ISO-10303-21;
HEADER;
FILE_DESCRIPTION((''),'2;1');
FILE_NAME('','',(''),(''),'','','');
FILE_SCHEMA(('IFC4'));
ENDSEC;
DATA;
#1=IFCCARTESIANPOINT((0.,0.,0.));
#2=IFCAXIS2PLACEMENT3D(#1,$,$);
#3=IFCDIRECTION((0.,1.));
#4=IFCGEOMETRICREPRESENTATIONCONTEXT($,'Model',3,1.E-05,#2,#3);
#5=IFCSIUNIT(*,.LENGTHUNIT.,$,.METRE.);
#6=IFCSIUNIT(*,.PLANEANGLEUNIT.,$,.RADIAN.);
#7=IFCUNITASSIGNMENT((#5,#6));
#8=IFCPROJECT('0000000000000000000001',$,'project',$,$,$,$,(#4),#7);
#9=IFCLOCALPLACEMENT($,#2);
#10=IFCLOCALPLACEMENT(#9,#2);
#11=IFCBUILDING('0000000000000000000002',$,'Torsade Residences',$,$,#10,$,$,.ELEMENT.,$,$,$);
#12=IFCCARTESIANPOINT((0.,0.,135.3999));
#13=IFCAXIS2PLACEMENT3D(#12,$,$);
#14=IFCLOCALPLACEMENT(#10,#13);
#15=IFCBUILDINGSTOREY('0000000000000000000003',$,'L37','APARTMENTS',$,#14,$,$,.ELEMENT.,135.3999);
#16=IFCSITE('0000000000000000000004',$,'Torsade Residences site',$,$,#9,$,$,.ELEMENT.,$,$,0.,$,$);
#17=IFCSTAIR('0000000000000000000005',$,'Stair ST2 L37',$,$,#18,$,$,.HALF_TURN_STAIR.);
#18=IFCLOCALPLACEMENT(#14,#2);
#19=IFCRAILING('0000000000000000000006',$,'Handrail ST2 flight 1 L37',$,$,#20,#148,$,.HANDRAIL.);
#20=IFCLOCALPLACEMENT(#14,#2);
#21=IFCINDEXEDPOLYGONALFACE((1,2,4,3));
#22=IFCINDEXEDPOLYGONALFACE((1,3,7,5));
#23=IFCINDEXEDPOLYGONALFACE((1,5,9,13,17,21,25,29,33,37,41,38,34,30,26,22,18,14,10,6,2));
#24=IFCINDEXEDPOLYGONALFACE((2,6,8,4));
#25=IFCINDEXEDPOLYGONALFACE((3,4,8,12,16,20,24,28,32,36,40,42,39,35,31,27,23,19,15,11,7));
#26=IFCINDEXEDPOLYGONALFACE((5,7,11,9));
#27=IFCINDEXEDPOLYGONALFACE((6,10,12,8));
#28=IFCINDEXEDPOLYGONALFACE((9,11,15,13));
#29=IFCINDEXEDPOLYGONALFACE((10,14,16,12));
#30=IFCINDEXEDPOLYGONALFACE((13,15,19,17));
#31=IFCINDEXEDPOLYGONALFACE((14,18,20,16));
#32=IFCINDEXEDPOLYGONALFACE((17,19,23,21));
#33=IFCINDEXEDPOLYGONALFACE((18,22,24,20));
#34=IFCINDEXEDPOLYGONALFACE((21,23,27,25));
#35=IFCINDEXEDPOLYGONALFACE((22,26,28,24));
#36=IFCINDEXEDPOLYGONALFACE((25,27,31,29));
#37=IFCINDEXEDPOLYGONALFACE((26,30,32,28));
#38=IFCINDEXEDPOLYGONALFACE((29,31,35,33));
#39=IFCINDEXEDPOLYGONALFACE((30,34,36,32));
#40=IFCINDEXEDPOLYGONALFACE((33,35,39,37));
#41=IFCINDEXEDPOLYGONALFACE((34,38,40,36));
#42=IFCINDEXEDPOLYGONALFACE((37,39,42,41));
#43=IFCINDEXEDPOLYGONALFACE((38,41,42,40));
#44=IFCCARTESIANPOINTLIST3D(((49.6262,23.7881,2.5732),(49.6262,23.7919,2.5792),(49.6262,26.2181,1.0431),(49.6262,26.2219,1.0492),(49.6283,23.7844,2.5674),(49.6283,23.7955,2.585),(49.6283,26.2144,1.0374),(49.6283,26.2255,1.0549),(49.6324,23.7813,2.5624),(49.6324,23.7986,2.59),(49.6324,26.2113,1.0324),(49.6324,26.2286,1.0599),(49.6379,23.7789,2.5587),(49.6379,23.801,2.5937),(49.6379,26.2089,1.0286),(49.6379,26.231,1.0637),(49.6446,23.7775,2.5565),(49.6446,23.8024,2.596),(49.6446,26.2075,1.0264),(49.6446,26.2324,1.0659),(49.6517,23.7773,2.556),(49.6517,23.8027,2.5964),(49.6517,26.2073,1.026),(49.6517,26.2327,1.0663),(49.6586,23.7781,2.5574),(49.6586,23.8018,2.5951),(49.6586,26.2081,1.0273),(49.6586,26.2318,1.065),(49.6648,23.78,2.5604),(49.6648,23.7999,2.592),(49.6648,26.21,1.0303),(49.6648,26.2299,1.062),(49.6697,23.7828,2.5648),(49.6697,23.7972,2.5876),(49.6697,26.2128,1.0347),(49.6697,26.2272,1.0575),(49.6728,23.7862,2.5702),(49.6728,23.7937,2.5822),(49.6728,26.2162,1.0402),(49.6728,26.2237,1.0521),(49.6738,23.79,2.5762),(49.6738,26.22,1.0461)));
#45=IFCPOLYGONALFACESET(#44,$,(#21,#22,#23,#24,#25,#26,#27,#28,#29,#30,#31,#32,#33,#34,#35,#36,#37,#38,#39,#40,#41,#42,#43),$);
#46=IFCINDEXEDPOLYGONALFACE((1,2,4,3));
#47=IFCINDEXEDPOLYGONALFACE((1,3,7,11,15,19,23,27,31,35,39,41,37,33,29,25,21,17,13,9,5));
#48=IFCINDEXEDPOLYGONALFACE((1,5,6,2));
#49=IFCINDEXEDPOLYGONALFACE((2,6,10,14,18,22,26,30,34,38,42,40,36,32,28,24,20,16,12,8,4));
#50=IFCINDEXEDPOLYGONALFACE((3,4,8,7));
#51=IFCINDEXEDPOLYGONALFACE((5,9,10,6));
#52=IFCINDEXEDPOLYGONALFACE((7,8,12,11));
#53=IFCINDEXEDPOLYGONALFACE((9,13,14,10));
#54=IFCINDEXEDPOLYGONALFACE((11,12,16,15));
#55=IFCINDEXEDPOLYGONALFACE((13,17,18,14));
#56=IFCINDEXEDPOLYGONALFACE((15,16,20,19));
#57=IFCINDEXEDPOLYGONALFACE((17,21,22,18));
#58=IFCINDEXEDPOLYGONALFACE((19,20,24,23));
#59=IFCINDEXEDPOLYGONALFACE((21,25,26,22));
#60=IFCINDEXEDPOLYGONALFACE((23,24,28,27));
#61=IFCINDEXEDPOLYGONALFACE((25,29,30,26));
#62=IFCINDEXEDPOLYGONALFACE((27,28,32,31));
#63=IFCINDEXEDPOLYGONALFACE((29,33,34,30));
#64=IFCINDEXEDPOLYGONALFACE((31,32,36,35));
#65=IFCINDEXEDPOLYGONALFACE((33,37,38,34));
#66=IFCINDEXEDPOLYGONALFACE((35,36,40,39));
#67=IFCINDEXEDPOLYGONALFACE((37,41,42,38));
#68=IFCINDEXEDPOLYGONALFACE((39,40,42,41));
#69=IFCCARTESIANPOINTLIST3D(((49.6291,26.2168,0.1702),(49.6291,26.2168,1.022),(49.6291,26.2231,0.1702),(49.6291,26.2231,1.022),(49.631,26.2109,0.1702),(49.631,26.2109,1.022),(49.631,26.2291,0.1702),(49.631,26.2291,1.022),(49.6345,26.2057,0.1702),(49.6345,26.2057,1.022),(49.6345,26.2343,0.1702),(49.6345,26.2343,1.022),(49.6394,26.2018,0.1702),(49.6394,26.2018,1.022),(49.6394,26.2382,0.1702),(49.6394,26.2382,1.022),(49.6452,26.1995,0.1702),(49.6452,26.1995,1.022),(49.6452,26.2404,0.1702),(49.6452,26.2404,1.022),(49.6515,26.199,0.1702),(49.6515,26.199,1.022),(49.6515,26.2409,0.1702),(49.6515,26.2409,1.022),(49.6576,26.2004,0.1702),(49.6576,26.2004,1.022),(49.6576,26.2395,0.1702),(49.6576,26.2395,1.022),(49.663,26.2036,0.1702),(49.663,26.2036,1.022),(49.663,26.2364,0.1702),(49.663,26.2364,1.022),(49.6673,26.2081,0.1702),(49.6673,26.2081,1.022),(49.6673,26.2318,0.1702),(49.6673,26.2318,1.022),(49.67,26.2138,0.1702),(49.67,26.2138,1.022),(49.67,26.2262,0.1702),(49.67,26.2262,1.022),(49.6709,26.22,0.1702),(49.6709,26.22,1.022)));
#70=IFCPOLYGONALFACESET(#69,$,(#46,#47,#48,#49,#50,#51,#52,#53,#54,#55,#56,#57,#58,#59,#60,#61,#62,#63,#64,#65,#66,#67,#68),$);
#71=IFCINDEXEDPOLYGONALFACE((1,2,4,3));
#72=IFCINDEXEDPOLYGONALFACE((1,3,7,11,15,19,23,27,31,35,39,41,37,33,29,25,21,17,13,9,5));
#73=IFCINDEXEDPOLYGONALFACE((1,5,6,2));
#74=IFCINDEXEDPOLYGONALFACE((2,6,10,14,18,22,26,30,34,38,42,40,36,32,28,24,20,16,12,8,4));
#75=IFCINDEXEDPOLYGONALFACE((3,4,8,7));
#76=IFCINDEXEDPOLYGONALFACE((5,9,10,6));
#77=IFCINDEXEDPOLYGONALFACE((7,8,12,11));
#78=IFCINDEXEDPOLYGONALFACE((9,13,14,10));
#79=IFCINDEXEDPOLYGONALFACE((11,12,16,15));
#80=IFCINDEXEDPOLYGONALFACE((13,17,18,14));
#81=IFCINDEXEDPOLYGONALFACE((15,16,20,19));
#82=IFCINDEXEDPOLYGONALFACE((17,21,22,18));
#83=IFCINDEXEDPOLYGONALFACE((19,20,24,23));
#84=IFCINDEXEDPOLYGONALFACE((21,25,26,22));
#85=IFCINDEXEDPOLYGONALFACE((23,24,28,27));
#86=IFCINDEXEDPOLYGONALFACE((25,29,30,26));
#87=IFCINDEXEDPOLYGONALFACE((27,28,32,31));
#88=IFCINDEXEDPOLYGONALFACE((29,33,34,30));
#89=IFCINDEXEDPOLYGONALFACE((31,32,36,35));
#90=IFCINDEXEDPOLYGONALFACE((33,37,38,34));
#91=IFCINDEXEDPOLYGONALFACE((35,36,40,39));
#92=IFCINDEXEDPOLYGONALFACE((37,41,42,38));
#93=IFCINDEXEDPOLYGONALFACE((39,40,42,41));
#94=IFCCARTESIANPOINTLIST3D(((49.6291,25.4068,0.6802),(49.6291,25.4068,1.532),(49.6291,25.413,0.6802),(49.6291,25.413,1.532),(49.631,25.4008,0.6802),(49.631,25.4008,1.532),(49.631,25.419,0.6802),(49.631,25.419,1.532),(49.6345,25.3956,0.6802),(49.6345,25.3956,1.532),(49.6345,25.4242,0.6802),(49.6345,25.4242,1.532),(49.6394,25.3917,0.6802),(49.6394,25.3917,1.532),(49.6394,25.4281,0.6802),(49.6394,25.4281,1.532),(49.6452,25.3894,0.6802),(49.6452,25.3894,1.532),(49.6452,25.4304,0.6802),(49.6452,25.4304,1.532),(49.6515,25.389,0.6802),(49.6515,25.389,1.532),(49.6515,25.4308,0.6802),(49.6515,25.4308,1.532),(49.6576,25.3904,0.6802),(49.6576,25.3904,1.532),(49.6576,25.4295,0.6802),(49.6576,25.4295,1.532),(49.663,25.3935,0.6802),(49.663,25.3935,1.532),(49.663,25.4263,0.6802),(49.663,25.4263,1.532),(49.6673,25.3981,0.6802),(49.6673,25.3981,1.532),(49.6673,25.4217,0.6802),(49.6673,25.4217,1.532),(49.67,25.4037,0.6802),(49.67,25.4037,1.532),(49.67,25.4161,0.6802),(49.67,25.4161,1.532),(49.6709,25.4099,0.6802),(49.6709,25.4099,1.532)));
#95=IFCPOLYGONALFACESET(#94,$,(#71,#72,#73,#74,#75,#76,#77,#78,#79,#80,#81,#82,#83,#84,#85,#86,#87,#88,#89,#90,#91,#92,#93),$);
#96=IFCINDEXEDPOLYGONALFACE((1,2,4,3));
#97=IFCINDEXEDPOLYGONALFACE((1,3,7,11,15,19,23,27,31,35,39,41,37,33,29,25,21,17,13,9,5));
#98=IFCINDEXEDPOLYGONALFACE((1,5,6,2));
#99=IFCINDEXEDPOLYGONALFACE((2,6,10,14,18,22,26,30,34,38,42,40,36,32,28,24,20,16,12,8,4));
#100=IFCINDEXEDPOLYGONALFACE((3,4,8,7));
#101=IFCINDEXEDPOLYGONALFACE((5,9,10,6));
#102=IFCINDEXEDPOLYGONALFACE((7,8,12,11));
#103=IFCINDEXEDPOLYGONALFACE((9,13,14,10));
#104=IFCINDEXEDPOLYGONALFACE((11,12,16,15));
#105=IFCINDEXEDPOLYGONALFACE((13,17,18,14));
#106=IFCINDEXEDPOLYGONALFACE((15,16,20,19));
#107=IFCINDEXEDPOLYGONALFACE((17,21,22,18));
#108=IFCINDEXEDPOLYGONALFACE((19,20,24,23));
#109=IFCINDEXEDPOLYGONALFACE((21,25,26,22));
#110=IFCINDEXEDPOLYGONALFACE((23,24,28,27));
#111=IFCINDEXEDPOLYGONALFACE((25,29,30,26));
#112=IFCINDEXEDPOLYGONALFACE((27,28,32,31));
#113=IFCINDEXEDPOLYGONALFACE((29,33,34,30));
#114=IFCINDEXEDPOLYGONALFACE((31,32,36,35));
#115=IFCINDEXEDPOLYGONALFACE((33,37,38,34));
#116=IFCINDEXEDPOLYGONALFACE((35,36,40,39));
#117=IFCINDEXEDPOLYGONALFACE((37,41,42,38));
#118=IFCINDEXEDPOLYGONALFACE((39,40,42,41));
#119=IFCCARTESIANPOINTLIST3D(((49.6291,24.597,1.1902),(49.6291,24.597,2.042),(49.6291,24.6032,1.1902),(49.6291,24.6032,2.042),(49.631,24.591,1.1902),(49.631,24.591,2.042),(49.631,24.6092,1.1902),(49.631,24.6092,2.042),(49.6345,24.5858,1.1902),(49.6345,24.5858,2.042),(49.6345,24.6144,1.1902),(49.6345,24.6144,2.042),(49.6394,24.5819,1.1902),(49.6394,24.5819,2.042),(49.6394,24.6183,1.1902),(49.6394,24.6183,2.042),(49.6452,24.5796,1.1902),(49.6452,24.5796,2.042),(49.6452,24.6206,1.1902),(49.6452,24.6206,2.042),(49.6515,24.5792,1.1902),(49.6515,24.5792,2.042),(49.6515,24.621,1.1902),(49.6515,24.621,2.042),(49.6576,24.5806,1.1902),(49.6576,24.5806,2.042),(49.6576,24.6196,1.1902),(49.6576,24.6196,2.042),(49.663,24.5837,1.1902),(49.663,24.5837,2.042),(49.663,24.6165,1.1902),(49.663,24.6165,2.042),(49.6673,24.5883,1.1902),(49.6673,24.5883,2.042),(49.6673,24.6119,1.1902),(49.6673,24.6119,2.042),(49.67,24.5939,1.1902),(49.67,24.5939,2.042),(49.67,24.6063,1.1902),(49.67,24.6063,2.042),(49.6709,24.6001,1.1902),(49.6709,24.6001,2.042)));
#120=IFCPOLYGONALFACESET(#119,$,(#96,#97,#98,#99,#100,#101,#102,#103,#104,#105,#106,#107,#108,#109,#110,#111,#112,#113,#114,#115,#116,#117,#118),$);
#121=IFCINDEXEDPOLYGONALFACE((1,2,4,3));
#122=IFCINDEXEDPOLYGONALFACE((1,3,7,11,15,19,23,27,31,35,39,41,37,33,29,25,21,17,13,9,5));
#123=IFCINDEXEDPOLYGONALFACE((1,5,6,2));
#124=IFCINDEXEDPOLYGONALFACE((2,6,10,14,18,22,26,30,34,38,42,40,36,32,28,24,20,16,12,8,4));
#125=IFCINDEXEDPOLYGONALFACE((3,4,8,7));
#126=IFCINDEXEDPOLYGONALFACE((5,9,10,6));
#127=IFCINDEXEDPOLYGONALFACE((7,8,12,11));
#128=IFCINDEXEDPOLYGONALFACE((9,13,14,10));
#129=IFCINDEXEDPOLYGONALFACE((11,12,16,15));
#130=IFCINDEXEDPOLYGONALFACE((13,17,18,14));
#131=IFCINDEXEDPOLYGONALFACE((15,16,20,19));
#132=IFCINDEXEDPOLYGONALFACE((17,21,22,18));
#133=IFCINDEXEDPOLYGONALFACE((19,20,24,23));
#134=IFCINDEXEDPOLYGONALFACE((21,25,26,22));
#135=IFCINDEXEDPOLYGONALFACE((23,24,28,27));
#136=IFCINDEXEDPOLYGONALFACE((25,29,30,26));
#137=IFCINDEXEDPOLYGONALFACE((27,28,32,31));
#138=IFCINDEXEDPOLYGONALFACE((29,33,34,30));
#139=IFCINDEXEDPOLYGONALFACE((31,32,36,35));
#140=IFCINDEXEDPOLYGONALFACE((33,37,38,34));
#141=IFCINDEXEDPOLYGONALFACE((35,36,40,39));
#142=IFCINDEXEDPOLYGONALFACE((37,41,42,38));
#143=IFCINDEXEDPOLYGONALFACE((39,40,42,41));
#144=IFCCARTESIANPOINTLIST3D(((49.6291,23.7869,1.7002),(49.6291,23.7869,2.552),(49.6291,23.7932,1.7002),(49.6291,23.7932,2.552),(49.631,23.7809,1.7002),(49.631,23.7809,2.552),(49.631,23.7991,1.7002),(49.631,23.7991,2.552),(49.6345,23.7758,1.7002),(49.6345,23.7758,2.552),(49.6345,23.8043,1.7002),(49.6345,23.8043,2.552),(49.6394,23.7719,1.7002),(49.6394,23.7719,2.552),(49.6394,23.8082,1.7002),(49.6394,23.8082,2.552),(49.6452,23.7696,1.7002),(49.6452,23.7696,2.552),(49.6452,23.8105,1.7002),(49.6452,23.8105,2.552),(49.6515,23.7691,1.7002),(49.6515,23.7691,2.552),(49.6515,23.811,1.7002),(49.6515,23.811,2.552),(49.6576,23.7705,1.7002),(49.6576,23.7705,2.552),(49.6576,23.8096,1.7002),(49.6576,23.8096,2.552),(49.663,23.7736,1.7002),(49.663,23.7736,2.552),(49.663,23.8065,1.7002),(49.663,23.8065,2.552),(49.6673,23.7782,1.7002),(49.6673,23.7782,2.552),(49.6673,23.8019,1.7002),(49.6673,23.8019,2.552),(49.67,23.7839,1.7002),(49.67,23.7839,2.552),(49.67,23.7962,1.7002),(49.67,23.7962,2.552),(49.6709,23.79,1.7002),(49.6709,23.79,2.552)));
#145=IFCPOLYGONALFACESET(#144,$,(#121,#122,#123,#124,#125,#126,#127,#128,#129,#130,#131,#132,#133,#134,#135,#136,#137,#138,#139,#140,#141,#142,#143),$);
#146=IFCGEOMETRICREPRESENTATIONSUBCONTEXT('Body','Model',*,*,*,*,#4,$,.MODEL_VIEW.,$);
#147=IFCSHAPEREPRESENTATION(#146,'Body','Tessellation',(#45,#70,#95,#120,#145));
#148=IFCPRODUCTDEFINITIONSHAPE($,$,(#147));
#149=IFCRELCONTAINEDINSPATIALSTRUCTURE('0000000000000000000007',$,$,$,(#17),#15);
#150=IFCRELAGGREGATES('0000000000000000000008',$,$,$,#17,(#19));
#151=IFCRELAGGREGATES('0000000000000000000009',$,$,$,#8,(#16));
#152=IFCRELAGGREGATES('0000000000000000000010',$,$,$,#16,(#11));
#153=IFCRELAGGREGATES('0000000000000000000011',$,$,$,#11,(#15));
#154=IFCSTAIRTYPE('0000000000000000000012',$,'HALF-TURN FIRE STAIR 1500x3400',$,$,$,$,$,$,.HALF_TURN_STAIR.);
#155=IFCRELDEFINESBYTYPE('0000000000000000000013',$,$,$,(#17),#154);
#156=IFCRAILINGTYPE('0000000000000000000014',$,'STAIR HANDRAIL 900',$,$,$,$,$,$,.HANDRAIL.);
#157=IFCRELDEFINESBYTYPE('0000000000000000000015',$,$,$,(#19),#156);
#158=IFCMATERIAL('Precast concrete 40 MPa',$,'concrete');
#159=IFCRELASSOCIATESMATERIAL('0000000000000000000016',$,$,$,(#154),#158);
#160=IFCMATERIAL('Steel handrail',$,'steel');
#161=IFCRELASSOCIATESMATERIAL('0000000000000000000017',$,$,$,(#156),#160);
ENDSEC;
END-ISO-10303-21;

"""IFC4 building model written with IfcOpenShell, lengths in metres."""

from ifc_helpers import new_model, si_unit, direction, frame, origin, origin_2d, place, context, subcontext, project, spatial, circle, extrude, material, type_object, element, aggregate, save


model = new_model("IFC4")

# Units and contexts
model_context = context("Model", 3, precision=1e-05, world=origin(), true_north=direction((0.0, 1.0)))
body_context = subcontext(model_context, "Body", "Model", "MODEL_VIEW")
ifc_project = project(units=[si_unit("LENGTHUNIT", "METRE"), si_unit("PLANEANGLEUNIT", "RADIAN")], contexts=[model_context])

# Site, building, storey
site_placement = place(None, origin())
site = spatial("IfcSite", under=ifc_project, at=site_placement, Name="Torsade Residences site", CompositionType="ELEMENT", RefElevation=0.0)
building_placement = place(site_placement, origin())
building = spatial("IfcBuilding", under=site, at=building_placement, Name="Torsade Residences", CompositionType="ELEMENT")
storey_placement = place(building_placement, frame((0.0, 0.0, 135.3999)))
storey = spatial("IfcBuildingStorey", under=building, at=storey_placement, Name="L37", Description="APARTMENTS", CompositionType="ELEMENT", Elevation=135.3999)

# Stair, railing
ifc_material_1 = material(Name="Precast concrete 40 MPa", Category="concrete")
stair_type = type_object("IfcStairType", Name="HALF-TURN FIRE STAIR 1500x3400", PredefinedType="HALF_TURN_STAIR", material=ifc_material_1)
stair_placement = place(storey_placement, origin())
stair = element("IfcStair", 1, at=stair_placement, inside=storey, type_object=stair_type, Name="Stair ST2 L37", PredefinedType="HALF_TURN_STAIR")
ifc_material_2 = material(Name="Steel handrail", Category="steel")
railing_type = type_object("IfcRailingType", Name="STAIR HANDRAIL 900", PredefinedType="HANDRAIL", material=ifc_material_2)
railing_1_placement = place(storey_placement, frame((49.6499, 26.22, 0.1702)))
railing_1 = element("IfcRailing", 2, at=railing_1_placement, type_object=railing_type, Name="Handrail ST2 flight 1 L37", PredefinedType="HANDRAIL", context=body_context, shape_type="SweptSolid", body=[
    extrude(circle(Radius=0.0239, at=origin_2d()), frame((0.0, 0.0, 0.876), z_axis=(0.0, -0.846221, 0.532831), x_axis=(1.0, 0.0, 0.0)), (0.0, 0.0, 1.0), 2.8716),
    extrude(circle(Radius=0.021, at=origin_2d()), origin(), (0.0, 0.0, 1.0), 0.8518),
    extrude(circle(Radius=0.021, at=origin_2d()), frame((0.0, -0.8101, 0.51)), (0.0, 0.0, 1.0), 0.8518),
    extrude(circle(Radius=0.021, at=origin_2d()), frame((0.0, -1.6199, 1.02)), (0.0, 0.0, 1.0), 0.8518),
    extrude(circle(Radius=0.021, at=origin_2d()), frame((0.0, -2.4299, 1.53)), (0.0, 0.0, 1.0), 0.8518),
])
aggregate(stair, [railing_1])

save(model, "model.ifc")
